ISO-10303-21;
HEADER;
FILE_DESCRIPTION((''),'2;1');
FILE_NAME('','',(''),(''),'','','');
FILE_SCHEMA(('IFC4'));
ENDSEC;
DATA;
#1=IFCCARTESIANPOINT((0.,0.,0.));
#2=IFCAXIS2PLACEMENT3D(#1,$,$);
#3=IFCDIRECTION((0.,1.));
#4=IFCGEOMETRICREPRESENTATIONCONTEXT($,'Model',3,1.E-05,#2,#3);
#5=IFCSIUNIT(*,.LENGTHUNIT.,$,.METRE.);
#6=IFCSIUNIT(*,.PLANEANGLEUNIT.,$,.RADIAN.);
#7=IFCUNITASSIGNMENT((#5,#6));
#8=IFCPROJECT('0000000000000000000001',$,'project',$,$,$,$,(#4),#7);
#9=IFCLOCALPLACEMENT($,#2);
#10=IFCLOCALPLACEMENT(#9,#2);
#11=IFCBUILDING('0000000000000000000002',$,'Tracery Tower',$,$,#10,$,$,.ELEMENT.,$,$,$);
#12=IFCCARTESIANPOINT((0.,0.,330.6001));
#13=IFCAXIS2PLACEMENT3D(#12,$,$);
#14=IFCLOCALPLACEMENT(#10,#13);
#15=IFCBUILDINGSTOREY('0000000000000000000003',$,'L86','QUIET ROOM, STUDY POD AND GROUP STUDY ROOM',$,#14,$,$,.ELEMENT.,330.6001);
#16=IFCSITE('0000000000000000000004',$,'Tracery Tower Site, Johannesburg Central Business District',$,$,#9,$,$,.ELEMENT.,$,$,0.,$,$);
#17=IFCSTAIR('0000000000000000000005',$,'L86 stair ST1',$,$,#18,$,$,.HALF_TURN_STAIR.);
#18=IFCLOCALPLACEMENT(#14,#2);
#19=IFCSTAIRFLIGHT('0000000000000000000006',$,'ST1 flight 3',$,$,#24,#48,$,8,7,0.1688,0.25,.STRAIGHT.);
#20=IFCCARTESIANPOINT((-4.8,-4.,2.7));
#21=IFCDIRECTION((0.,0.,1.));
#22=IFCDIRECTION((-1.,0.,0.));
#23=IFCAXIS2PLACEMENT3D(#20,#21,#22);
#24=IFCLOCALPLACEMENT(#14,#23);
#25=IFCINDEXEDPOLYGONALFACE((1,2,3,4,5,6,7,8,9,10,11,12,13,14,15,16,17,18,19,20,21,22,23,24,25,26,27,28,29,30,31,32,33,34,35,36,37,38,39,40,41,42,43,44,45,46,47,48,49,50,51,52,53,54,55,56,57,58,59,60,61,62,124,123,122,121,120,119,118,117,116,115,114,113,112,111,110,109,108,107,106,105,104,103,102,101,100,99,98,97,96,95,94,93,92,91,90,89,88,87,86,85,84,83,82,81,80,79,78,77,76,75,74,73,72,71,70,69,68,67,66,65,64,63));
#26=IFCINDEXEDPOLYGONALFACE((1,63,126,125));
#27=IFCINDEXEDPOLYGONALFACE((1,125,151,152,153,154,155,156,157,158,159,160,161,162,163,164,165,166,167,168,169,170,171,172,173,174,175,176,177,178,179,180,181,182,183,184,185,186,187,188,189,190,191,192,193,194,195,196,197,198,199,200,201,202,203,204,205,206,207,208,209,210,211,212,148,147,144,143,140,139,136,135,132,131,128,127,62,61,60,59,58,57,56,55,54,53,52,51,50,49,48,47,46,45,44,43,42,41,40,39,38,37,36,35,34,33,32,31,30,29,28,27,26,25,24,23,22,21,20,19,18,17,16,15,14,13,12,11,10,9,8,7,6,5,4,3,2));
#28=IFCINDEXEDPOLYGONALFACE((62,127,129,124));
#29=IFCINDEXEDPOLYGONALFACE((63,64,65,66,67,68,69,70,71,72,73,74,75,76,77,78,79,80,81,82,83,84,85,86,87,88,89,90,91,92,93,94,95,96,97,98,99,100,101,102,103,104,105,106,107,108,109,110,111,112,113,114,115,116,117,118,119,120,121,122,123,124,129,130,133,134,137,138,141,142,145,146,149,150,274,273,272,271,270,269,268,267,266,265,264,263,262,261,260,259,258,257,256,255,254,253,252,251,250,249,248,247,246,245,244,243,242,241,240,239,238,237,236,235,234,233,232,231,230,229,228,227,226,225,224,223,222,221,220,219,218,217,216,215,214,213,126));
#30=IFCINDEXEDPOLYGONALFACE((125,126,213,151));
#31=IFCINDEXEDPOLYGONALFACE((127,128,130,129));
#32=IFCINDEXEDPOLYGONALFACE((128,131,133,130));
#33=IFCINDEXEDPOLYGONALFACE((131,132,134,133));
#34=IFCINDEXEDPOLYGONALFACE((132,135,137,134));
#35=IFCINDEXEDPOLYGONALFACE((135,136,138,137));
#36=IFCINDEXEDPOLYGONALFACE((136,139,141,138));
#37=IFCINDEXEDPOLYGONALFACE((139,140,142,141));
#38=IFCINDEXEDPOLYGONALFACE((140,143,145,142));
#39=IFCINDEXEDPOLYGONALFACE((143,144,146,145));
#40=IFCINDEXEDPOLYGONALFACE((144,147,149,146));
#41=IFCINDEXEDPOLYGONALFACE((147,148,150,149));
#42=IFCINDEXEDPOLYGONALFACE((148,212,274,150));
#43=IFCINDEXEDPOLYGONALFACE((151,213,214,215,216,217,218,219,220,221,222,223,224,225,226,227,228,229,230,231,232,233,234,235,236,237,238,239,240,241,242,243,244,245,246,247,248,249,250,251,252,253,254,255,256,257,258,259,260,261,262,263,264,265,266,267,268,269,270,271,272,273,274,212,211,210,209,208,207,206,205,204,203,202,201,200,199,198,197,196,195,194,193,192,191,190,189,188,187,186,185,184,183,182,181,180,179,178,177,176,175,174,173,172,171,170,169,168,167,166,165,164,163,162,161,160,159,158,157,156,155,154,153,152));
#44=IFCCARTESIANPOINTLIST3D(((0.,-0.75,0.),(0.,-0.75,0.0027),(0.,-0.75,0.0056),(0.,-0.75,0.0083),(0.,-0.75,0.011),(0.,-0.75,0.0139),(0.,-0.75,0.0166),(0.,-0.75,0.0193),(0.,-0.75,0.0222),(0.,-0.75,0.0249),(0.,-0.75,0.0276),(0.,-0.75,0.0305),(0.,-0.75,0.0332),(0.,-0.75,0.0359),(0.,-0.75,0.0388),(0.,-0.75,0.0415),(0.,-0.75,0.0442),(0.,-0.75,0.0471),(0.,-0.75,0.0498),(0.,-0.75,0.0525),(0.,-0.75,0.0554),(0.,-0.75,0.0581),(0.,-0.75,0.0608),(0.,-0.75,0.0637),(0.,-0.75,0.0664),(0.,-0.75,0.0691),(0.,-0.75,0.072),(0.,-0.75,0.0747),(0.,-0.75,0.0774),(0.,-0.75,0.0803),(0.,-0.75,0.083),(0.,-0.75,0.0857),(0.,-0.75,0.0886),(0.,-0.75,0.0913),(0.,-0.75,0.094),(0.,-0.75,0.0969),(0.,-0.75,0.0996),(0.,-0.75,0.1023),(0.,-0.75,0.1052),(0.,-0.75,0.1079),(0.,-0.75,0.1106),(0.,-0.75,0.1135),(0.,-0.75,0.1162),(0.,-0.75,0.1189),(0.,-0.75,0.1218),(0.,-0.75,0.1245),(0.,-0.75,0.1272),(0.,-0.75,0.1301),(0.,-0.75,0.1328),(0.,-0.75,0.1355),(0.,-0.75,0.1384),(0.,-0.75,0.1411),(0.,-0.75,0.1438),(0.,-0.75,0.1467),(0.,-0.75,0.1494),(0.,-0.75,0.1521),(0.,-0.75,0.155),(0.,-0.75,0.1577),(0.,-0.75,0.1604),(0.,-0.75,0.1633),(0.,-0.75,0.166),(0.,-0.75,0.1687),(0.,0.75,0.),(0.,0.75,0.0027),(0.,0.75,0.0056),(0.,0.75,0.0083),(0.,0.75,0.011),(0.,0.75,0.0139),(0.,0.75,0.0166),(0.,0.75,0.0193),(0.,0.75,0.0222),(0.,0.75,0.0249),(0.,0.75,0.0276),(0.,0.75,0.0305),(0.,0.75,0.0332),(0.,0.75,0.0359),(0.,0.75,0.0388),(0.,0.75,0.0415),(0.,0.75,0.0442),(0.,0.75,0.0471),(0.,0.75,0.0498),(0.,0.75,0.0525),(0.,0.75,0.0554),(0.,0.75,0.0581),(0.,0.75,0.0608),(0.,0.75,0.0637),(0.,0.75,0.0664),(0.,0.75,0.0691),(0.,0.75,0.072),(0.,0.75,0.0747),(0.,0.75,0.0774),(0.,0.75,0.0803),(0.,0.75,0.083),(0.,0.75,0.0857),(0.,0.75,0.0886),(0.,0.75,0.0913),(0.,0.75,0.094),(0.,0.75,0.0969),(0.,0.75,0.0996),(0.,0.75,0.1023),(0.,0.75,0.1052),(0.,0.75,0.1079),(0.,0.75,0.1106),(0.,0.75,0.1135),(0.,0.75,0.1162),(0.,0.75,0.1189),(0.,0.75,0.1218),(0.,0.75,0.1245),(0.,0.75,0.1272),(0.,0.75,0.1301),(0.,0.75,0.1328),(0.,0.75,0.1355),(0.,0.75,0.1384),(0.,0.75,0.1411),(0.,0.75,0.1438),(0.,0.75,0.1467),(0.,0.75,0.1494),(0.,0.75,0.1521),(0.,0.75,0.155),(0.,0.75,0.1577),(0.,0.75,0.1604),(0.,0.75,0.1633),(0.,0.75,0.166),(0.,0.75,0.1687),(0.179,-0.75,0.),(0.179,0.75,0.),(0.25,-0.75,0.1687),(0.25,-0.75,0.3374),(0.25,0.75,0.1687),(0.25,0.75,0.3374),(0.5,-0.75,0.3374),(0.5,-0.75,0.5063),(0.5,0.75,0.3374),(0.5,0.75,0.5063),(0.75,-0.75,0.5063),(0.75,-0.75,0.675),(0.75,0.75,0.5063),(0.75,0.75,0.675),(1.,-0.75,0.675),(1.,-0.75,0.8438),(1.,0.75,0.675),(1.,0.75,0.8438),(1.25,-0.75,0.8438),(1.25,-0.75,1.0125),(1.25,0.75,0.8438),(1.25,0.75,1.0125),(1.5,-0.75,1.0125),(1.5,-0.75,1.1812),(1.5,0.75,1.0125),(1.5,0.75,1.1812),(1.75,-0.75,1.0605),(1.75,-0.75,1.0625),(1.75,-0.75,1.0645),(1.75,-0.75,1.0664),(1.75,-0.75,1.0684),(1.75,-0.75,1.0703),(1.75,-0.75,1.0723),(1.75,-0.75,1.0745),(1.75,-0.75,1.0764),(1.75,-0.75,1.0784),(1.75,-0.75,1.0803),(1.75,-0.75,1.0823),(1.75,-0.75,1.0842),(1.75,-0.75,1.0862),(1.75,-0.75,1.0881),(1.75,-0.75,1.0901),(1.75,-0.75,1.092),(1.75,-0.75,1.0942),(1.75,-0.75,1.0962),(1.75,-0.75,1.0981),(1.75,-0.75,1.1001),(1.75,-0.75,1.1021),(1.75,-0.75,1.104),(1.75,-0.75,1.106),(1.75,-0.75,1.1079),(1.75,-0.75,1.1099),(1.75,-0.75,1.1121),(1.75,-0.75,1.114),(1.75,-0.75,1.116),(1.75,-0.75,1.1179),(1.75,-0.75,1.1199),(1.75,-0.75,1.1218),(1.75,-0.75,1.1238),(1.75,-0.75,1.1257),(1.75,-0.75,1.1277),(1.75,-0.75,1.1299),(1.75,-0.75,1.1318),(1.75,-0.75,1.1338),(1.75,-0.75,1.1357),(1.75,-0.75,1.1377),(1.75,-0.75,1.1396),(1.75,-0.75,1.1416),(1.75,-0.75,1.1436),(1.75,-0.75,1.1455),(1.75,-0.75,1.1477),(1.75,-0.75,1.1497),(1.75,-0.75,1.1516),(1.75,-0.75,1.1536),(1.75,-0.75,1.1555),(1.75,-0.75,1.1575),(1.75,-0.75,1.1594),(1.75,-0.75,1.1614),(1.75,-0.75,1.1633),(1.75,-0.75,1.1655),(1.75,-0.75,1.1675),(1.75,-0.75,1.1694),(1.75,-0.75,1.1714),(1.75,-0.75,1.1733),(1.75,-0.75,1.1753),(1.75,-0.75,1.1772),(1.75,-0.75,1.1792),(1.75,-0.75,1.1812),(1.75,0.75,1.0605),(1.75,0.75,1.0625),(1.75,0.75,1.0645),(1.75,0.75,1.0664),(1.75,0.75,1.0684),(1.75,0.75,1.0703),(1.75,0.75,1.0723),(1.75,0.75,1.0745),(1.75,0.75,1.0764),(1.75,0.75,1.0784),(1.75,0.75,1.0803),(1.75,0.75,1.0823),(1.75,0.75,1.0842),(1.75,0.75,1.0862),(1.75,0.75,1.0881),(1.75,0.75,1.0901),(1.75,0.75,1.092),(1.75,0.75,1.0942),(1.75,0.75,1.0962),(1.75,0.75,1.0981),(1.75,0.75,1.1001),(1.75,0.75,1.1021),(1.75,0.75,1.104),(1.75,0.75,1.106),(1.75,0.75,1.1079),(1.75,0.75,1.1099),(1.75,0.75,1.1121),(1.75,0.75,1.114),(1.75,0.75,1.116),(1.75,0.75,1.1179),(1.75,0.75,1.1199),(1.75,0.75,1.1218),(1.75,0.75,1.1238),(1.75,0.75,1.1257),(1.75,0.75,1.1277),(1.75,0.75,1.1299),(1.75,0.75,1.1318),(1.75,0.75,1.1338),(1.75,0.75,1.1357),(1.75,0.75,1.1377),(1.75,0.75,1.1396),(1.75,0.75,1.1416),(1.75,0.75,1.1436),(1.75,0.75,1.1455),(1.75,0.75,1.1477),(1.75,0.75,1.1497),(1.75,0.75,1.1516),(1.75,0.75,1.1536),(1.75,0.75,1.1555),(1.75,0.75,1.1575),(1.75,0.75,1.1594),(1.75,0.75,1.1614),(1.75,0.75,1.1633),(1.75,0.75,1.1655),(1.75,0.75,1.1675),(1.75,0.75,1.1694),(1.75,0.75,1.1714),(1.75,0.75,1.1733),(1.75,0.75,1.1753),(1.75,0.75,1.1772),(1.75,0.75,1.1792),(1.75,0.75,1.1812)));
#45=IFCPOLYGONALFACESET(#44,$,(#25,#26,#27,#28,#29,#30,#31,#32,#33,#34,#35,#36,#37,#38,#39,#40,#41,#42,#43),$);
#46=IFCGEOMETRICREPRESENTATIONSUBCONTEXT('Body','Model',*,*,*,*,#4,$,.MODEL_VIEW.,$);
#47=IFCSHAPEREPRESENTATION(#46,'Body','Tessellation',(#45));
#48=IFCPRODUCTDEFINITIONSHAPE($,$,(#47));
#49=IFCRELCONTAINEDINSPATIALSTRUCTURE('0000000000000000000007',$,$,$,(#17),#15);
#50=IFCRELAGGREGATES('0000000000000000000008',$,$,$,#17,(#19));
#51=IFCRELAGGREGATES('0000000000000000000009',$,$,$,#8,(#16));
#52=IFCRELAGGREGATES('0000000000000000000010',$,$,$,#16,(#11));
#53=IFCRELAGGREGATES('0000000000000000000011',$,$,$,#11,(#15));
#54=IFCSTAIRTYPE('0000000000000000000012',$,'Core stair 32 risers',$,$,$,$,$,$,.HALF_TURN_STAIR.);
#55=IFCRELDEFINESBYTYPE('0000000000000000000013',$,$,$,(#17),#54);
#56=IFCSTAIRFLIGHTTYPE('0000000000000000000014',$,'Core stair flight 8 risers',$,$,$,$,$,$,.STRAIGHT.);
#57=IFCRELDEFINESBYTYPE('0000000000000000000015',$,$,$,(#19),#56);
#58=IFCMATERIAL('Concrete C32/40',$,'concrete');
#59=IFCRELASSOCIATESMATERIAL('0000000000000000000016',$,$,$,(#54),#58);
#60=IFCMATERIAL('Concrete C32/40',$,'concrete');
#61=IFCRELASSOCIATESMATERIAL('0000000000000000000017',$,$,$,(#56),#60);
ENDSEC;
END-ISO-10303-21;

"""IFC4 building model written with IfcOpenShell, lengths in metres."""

from ifc_helpers import new_model, si_unit, direction, frame, origin, place, context, subcontext, project, spatial, polyline, outline, extrude, material, type_object, element, aggregate, save


model = new_model("IFC4")

# Units and contexts
model_context = context("Model", 3, precision=1e-05, world=origin(), true_north=direction((0.0, 1.0)))
body_context = subcontext(model_context, "Body", "Model", "MODEL_VIEW")
ifc_project = project(units=[si_unit("LENGTHUNIT", "METRE"), si_unit("PLANEANGLEUNIT", "RADIAN")], contexts=[model_context])

# Site, building, storey
site_placement = place(None, origin())
site = spatial("IfcSite", under=ifc_project, at=site_placement, Name="Tracery Tower Site, Johannesburg Central Business District", CompositionType="ELEMENT", RefElevation=0.0)
building_placement = place(site_placement, origin())
building = spatial("IfcBuilding", under=site, at=building_placement, Name="Tracery Tower", CompositionType="ELEMENT")
storey_placement = place(building_placement, frame((0.0, 0.0, 330.6001)))
storey = spatial("IfcBuildingStorey", under=building, at=storey_placement, Name="L86", Description="QUIET ROOM, STUDY POD AND GROUP STUDY ROOM", CompositionType="ELEMENT", Elevation=330.6001)

# Stair, stair flight
ifc_material_1 = material(Name="Concrete C32/40", Category="concrete")
stair_type = type_object("IfcStairType", Name="Core stair 32 risers", PredefinedType="HALF_TURN_STAIR", material=ifc_material_1)
stair_placement = place(storey_placement, origin())
stair = element("IfcStair", 1, at=stair_placement, inside=storey, type_object=stair_type, Name="L86 stair ST1", PredefinedType="HALF_TURN_STAIR")
ifc_material_2 = material(Name="Concrete C32/40", Category="concrete")
stair_flight_type = type_object("IfcStairFlightType", Name="Core stair flight 8 risers", PredefinedType="STRAIGHT", material=ifc_material_2)
stair_flight_1_placement = place(storey_placement, frame((-4.8, -4.0, 2.7), z_axis=(0.0, 0.0, 1.0), x_axis=(-1.0, 0.0, 0.0)))
stair_flight_1 = element("IfcStairFlight", 2, at=stair_flight_1_placement, type_object=stair_flight_type, Name="ST1 flight 3", NumberOfRisers=8, NumberOfTreads=7, PredefinedType="STRAIGHT", RiserHeight=0.1688, TreadLength=0.25, context=body_context, shape_type="SweptSolid", body=[
    extrude(outline(polyline([(0.0, 0.0), (0.0, 0.0027), (0.0, 0.0056), (0.0, 0.0083), (0.0, 0.011), (0.0, 0.0139), (0.0, 0.0166), (0.0, 0.0193), (0.0, 0.0222), (0.0, 0.0249), (0.0, 0.0276), (0.0, 0.0305), (0.0, 0.0332), (0.0, 0.0359), (0.0, 0.0388), (0.0, 0.0415), (0.0, 0.0442), (0.0, 0.0471), (0.0, 0.0498), (0.0, 0.0525), (0.0, 0.0554), (0.0, 0.0581), (0.0, 0.0608), (0.0, 0.0637), (0.0, 0.0664), (0.0, 0.0691), (0.0, 0.072), (0.0, 0.0747), (0.0, 0.0774), (0.0, 0.0803), (0.0, 0.083), (0.0, 0.0857), (0.0, 0.0886), (0.0, 0.0913), (0.0, 0.094), (0.0, 0.0969), (0.0, 0.0996), (0.0, 0.1023), (0.0, 0.1052), (0.0, 0.1079), (0.0, 0.1106), (0.0, 0.1135), (0.0, 0.1162), (0.0, 0.1189), (0.0, 0.1218), (0.0, 0.1245), (0.0, 0.1272), (0.0, 0.1301), (0.0, 0.1328), (0.0, 0.1355), (0.0, 0.1384), (0.0, 0.1411), (0.0, 0.1438), (0.0, 0.1467), (0.0, 0.1494), (0.0, 0.1521), (0.0, 0.155), (0.0, 0.1577), (0.0, 0.1604), (0.0, 0.1633), (0.0, 0.166), (0.0, 0.1687), (0.25, 0.1687), (0.25, 0.3374), (0.5, 0.3374), (0.5, 0.5063), (0.75, 0.5063), (0.75, 0.675), (1.0, 0.675), (1.0, 0.8438), (1.25, 0.8438), (1.25, 1.0125), (1.5, 1.0125), (1.5, 1.1812), (1.75, 1.1812), (1.75, 1.1792), (1.75, 1.1772), (1.75, 1.1753), (1.75, 1.1733), (1.75, 1.1714), (1.75, 1.1694), (1.75, 1.1675), (1.75, 1.1655), (1.75, 1.1633), (1.75, 1.1614), (1.75, 1.1594), (1.75, 1.1575), (1.75, 1.1555), (1.75, 1.1536), (1.75, 1.1516), (1.75, 1.1497), (1.75, 1.1477), (1.75, 1.1455), (1.75, 1.1436), (1.75, 1.1416), (1.75, 1.1396), (1.75, 1.1377), (1.75, 1.1357), (1.75, 1.1338), (1.75, 1.1318), (1.75, 1.1299), (1.75, 1.1277), (1.75, 1.1257), (1.75, 1.1238), (1.75, 1.1218), (1.75, 1.1199), (1.75, 1.1179), (1.75, 1.116), (1.75, 1.114), (1.75, 1.1121), (1.75, 1.1099), (1.75, 1.1079), (1.75, 1.106), (1.75, 1.104), (1.75, 1.1021), (1.75, 1.1001), (1.75, 1.0981), (1.75, 1.0962), (1.75, 1.0942), (1.75, 1.092), (1.75, 1.0901), (1.75, 1.0881), (1.75, 1.0862), (1.75, 1.0842), (1.75, 1.0823), (1.75, 1.0803), (1.75, 1.0784), (1.75, 1.0764), (1.75, 1.0745), (1.75, 1.0723), (1.75, 1.0703), (1.75, 1.0684), (1.75, 1.0664), (1.75, 1.0645), (1.75, 1.0625), (1.75, 1.0605), (0.179, 0.0), (0.0, 0.0)])), frame((0.0, 0.75, 0.0), z_axis=(0.0, -1.0, 0.0), x_axis=(1.0, 0.0, 0.0)), (0.0, 0.0, 1.0), 1.5),
])
aggregate(stair, [stair_flight_1])

save(model, "model.ifc")
